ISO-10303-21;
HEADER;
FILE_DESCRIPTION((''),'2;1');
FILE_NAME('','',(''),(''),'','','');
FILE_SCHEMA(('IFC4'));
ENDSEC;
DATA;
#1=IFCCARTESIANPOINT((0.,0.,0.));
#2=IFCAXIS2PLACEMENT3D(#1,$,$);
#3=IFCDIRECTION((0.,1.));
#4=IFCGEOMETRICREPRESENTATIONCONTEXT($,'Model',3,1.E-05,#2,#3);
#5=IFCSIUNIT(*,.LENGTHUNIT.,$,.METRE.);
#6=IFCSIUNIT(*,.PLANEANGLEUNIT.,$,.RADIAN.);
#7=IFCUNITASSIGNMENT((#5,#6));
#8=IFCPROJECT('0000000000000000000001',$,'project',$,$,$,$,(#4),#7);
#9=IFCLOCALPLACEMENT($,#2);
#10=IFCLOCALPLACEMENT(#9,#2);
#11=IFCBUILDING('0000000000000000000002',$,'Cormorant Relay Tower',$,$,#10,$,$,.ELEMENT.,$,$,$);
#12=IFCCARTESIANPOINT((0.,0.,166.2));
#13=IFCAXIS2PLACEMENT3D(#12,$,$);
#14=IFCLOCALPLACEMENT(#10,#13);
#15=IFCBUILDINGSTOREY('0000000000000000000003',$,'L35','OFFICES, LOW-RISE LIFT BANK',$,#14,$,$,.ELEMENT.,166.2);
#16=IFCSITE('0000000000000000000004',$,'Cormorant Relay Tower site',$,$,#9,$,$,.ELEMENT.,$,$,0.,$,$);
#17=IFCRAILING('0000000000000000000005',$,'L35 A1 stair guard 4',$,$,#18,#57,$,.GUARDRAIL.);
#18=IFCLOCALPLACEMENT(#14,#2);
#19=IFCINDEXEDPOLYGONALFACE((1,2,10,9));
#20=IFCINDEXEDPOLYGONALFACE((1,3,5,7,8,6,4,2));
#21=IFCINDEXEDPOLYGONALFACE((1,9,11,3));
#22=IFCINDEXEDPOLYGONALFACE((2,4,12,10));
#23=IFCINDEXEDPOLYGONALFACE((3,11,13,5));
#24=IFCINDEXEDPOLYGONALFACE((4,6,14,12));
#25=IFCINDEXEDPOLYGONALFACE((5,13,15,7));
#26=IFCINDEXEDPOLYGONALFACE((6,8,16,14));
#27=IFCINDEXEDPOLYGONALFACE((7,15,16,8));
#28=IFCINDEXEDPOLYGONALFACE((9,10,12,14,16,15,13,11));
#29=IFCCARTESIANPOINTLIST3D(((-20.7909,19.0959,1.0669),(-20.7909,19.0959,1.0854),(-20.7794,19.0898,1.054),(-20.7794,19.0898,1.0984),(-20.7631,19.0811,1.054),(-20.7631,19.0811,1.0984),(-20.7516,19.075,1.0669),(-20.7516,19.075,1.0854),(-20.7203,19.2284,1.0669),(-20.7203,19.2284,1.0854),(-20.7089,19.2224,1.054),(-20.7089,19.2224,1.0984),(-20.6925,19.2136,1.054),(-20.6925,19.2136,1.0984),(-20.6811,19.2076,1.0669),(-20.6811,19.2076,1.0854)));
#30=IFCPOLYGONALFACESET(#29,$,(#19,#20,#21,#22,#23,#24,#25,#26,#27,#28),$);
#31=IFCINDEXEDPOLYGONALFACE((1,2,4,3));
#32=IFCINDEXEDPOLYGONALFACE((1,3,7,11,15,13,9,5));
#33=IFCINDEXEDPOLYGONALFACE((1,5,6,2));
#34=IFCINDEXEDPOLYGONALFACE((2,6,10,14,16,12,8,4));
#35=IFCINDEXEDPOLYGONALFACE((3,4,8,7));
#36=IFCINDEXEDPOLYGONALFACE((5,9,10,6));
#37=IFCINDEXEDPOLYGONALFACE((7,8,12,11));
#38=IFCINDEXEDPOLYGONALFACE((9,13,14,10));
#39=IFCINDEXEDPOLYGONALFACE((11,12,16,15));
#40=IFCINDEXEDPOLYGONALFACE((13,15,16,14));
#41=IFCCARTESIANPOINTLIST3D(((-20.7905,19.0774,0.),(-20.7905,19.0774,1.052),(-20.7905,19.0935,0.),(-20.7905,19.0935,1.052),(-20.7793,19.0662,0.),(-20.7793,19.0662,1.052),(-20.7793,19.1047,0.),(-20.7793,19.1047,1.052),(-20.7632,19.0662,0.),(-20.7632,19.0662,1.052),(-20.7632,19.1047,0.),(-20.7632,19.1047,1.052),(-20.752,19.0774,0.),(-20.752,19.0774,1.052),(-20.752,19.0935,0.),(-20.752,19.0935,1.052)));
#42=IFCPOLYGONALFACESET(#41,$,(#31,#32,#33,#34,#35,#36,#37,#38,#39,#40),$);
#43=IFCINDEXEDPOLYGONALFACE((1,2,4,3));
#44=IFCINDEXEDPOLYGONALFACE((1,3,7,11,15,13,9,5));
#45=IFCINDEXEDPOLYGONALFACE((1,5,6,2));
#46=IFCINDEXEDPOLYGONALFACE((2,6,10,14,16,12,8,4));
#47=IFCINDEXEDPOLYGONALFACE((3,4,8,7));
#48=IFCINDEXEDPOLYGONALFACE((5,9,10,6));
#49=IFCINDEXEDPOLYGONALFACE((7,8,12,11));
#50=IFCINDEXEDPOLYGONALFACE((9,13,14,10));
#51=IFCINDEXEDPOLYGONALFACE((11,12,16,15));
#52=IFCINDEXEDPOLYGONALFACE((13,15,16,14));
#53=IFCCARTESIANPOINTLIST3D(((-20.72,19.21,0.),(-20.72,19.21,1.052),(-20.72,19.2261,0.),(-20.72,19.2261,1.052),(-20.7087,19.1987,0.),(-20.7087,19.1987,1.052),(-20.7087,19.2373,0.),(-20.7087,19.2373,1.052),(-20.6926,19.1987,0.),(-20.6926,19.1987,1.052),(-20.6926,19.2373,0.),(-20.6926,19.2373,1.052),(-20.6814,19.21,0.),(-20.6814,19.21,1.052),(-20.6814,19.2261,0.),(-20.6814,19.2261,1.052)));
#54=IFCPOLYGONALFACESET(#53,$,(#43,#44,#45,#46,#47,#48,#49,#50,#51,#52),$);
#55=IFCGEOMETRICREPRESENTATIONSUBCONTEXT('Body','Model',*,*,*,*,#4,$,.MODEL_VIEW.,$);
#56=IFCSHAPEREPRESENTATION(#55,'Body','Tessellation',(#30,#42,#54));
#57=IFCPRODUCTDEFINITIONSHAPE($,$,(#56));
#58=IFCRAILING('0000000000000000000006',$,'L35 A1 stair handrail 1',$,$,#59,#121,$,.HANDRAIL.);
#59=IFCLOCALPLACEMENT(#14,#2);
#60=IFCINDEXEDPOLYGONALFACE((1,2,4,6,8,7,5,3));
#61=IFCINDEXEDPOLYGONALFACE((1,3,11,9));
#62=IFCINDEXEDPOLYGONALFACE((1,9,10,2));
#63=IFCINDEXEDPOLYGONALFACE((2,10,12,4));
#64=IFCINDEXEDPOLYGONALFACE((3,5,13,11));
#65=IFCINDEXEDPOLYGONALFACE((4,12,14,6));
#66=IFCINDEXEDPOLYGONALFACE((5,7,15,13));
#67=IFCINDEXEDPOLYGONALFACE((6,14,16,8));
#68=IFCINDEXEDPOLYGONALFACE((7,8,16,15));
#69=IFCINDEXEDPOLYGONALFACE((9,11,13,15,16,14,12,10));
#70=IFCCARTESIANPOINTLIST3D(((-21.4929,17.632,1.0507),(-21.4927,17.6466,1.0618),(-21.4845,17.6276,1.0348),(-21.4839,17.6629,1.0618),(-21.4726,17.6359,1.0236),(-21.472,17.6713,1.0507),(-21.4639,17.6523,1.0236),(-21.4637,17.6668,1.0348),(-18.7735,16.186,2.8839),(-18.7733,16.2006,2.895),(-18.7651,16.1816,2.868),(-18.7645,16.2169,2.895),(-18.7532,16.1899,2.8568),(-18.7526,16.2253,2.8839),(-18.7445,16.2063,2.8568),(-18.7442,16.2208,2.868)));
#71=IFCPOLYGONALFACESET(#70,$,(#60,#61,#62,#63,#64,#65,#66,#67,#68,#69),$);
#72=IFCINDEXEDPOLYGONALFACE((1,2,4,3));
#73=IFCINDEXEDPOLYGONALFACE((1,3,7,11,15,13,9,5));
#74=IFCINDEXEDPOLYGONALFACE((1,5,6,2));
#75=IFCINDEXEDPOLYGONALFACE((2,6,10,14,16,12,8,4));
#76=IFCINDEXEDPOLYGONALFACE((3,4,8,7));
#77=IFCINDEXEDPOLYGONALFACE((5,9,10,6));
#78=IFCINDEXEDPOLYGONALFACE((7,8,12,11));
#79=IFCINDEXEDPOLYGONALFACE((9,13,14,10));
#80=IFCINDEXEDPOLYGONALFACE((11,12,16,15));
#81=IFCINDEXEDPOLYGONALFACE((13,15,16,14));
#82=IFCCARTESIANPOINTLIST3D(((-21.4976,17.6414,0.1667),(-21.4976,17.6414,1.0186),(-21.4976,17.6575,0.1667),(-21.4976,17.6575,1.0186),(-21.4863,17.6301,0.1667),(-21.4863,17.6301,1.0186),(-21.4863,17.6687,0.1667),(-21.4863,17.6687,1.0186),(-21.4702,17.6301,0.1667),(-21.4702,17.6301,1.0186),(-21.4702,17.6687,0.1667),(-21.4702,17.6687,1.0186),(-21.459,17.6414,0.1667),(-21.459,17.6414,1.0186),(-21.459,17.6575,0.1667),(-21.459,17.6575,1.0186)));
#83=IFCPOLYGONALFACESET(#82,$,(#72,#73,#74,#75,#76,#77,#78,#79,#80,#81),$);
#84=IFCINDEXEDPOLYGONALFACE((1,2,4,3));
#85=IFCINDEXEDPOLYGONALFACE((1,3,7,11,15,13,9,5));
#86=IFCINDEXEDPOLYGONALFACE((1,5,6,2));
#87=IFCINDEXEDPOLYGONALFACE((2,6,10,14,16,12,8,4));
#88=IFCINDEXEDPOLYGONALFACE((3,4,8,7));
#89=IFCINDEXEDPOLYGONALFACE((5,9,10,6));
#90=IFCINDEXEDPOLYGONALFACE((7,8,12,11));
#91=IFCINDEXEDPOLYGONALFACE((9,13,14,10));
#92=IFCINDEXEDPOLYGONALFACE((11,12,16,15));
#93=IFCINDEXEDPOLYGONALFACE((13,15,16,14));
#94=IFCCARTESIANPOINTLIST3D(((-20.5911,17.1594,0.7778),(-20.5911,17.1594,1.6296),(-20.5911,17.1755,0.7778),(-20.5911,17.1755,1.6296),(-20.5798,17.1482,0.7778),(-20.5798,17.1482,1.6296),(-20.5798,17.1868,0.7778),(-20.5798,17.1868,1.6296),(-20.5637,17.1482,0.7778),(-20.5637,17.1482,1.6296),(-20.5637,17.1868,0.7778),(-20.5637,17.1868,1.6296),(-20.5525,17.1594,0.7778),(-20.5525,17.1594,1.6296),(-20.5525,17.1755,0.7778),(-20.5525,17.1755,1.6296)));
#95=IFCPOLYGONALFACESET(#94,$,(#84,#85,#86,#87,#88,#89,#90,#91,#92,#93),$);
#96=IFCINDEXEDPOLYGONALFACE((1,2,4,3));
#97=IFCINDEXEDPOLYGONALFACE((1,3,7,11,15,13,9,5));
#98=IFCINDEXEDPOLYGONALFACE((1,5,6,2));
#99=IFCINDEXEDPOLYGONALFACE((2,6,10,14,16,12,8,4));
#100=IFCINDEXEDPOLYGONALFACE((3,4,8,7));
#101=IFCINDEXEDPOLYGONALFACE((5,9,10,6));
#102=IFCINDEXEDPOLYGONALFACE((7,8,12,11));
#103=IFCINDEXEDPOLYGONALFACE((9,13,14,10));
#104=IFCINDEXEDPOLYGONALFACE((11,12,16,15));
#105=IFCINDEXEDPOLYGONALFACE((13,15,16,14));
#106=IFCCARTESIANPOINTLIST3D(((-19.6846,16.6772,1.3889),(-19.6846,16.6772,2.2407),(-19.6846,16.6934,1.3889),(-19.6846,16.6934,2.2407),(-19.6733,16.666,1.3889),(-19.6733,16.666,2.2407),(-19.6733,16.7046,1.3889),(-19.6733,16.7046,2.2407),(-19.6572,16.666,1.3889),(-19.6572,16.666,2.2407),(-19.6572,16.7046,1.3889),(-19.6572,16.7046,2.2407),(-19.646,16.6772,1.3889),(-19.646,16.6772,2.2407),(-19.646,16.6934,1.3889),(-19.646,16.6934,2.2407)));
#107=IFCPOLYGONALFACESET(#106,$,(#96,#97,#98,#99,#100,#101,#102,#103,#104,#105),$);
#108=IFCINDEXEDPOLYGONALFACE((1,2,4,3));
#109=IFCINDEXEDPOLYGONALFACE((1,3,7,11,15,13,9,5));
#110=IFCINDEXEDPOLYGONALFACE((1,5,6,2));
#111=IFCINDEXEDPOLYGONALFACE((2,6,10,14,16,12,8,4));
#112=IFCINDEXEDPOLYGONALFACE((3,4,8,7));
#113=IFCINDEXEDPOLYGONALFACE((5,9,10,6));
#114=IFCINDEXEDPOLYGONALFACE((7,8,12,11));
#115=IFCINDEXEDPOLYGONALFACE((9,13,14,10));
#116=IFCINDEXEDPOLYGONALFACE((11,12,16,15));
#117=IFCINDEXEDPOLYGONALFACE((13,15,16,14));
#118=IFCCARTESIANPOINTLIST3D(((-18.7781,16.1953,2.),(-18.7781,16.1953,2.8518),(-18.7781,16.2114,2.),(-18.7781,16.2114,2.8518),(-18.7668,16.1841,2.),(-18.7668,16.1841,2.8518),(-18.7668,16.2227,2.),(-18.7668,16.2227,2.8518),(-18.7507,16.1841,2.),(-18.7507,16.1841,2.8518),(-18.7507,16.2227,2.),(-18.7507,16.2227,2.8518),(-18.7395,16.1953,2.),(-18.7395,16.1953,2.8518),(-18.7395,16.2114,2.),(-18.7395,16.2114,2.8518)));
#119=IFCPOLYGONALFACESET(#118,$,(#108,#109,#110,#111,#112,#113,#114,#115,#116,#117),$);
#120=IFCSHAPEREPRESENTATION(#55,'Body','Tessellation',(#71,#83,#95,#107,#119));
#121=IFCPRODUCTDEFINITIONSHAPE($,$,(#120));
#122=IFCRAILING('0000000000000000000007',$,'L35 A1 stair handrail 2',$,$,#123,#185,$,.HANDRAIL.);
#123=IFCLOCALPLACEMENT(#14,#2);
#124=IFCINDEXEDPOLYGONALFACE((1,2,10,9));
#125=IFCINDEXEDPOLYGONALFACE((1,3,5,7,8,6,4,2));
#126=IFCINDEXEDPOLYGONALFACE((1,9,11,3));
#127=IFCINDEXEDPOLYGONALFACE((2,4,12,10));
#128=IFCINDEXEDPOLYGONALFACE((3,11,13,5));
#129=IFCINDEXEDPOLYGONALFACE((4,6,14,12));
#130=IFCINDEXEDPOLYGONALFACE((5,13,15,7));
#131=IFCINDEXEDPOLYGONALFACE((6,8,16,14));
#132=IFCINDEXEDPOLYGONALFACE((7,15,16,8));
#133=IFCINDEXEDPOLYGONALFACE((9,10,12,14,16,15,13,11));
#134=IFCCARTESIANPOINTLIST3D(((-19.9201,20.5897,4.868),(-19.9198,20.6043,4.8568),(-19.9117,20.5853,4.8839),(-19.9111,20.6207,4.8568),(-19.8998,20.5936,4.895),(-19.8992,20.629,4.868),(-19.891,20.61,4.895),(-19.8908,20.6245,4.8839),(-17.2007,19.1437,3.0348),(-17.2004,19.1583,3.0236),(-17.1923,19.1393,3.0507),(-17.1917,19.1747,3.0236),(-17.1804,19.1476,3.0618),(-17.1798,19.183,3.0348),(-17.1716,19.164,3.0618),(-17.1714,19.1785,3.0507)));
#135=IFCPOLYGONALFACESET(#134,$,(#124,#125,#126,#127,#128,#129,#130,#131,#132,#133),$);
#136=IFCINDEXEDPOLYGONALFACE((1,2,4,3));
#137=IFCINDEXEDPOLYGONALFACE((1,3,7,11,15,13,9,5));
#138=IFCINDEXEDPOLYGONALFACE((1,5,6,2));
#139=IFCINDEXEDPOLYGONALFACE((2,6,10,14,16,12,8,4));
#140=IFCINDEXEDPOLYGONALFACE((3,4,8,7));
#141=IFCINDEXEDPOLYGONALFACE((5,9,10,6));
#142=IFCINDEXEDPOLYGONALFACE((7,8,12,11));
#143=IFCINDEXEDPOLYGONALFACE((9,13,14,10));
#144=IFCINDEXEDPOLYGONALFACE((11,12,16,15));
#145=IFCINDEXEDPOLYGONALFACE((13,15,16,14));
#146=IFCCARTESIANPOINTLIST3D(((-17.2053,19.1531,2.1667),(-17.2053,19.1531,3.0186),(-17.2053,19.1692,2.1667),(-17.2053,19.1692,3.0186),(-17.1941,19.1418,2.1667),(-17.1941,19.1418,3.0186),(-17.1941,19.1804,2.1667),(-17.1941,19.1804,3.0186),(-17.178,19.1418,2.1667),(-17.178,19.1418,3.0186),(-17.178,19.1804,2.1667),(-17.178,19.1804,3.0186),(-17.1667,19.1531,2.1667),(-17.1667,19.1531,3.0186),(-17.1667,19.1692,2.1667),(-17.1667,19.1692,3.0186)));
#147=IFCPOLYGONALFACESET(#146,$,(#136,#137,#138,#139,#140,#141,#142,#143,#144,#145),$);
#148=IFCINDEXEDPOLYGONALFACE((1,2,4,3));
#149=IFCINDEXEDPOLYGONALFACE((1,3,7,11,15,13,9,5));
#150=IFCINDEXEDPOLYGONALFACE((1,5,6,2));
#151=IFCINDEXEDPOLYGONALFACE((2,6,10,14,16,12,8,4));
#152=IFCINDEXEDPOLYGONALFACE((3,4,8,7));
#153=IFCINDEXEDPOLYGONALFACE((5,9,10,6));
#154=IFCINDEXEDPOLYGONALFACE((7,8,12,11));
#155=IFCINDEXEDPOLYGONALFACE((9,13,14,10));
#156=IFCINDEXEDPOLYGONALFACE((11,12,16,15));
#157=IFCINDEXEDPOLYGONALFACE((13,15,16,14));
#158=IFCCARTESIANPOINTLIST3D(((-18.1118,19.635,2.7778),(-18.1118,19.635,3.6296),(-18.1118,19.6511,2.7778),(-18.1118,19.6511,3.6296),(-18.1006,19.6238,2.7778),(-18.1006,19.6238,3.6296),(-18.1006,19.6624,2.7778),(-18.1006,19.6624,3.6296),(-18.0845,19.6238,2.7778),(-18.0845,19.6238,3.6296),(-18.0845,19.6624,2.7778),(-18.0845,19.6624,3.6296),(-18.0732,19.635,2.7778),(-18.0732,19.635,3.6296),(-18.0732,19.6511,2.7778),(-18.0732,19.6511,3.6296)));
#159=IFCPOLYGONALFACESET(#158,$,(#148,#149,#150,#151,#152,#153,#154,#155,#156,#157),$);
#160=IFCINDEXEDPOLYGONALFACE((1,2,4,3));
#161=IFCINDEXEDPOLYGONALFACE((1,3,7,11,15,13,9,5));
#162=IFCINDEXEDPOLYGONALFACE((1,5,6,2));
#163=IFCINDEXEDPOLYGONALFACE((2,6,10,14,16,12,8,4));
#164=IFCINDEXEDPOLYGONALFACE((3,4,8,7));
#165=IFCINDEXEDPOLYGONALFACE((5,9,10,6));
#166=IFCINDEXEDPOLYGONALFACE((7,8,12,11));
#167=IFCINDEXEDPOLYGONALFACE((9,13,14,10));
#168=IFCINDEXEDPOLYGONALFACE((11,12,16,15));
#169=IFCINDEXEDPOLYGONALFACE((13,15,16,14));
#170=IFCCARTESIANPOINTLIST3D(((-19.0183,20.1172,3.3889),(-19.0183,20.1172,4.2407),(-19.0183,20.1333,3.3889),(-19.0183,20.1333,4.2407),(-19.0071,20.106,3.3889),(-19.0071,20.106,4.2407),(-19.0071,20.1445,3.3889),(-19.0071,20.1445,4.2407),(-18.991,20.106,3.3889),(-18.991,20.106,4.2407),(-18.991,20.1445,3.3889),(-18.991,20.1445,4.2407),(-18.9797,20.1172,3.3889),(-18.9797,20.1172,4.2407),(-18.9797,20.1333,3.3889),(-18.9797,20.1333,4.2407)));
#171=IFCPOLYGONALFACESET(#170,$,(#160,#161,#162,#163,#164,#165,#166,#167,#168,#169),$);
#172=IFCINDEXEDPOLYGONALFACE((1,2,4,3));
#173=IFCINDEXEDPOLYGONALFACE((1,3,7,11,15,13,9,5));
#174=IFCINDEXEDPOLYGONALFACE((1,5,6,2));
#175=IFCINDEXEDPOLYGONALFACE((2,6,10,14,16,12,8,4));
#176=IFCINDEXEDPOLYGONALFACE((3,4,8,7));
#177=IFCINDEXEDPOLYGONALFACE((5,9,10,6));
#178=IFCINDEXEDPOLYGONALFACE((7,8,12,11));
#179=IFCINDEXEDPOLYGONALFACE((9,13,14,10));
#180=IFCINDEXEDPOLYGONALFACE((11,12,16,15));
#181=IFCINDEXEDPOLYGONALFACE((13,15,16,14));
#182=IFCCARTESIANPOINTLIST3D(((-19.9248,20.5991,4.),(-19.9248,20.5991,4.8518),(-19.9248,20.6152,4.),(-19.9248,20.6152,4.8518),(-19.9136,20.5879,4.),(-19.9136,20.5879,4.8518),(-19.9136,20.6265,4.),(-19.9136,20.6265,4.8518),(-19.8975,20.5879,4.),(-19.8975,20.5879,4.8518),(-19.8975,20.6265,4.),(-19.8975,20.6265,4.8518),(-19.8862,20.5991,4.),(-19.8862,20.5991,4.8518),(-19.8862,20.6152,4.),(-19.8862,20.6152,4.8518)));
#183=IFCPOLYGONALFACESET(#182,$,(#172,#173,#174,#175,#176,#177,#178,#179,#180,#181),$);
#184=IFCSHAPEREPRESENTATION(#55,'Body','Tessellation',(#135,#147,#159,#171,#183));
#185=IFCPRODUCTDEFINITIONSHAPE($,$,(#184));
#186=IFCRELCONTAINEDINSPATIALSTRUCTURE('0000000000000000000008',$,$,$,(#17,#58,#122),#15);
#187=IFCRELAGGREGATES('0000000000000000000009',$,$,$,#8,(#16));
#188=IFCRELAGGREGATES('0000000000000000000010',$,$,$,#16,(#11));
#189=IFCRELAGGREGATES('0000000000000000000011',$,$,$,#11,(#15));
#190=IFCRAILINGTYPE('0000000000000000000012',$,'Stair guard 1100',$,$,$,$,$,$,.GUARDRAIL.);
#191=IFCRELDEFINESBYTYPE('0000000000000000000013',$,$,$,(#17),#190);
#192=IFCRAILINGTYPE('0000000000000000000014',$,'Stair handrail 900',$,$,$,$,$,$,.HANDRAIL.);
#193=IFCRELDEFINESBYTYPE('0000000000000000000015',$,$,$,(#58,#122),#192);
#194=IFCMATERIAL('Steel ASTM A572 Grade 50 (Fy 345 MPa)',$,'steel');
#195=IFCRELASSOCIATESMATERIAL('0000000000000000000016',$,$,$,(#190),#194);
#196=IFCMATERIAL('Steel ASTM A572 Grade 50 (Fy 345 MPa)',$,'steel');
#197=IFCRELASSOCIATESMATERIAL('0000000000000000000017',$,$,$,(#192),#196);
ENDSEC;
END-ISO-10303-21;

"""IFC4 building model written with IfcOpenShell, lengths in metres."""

from ifc_helpers import new_model, si_unit, direction, frame, origin, place, context, subcontext, project, spatial, polyline, outline, extrude, material, type_object, element, save


model = new_model("IFC4")

# Units and contexts
model_context = context("Model", 3, precision=1e-05, world=origin(), true_north=direction((0.0, 1.0)))
body_context = subcontext(model_context, "Body", "Model", "MODEL_VIEW")
ifc_project = project(units=[si_unit("LENGTHUNIT", "METRE"), si_unit("PLANEANGLEUNIT", "RADIAN")], contexts=[model_context])

# Site, building, storey
site_placement = place(None, origin())
site = spatial("IfcSite", under=ifc_project, at=site_placement, Name="Cormorant Relay Tower site", CompositionType="ELEMENT", RefElevation=0.0)
building_placement = place(site_placement, origin())
building = spatial("IfcBuilding", under=site, at=building_placement, Name="Cormorant Relay Tower", CompositionType="ELEMENT")
storey_placement = place(building_placement, frame((0.0, 0.0, 166.2)))
storey = spatial("IfcBuildingStorey", under=building, at=storey_placement, Name="L35", Description="OFFICES, LOW-RISE LIFT BANK", CompositionType="ELEMENT", Elevation=166.2)

# Railings
ifc_material_1 = material(Name="Steel ASTM A572 Grade 50 (Fy 345 MPa)", Category="steel")
railing_type_1 = type_object("IfcRailingType", Name="Stair guard 1100", PredefinedType="GUARDRAIL", material=ifc_material_1)
railing_1_placement = place(storey_placement, frame((-20.7712, 19.0854, 0.0)))
element("IfcRailing", 1, at=railing_1_placement, inside=storey, type_object=railing_type_1, Name="L35 A1 stair guard 4", PredefinedType="GUARDRAIL", context=body_context, shape_type="SweptSolid", body=[
    extrude(outline(polyline([(0.0222, 0.0093), (0.0093, 0.0222), (-0.0093, 0.0222), (-0.0222, 0.0093), (-0.0222, -0.0093), (-0.0093, -0.0222), (0.0093, -0.0222), (0.0222, -0.0093), (0.0222, 0.0093)])), frame((0.0, 0.0, 1.0762), z_axis=(0.469829, 0.882758, 0.0), x_axis=(-0.882758, 0.469829, 0.0)), (0.0, 0.0, 1.0), 0.1501),
    extrude(outline(polyline([(0.0193, 0.0081), (0.0081, 0.0193), (-0.0081, 0.0193), (-0.0193, 0.0081), (-0.0193, -0.0081), (-0.0081, -0.0193), (0.0081, -0.0193), (0.0193, -0.0081), (0.0193, 0.0081)])), origin(), (0.0, 0.0, 1.0), 1.052),
    extrude(outline(polyline([(0.0193, 0.0081), (0.0081, 0.0193), (-0.0081, 0.0193), (-0.0193, 0.0081), (-0.0193, -0.0081), (-0.0081, -0.0193), (0.0081, -0.0193), (0.0193, -0.0081), (0.0193, 0.0081)])), frame((0.0706, 0.1326, 0.0)), (0.0, 0.0, 1.0), 1.052),
])
ifc_material_2 = material(Name="Steel ASTM A572 Grade 50 (Fy 345 MPa)", Category="steel")
railing_type_2 = type_object("IfcRailingType", Name="Stair handrail 900", PredefinedType="HANDRAIL", material=ifc_material_2)
railing_2_placement = place(storey_placement, frame((-21.4783, 17.6494, 0.1667)))
element("IfcRailing", 2, at=railing_2_placement, inside=storey, type_object=railing_type_2, Name="L35 A1 stair handrail 1", PredefinedType="HANDRAIL", context=body_context, shape_type="SweptSolid", body=[
    extrude(outline(polyline([(0.0222, 0.0093), (0.0093, 0.0222), (-0.0093, 0.0222), (-0.0222, 0.0093), (-0.0222, -0.0093), (-0.0093, -0.0222), (0.0093, -0.0222), (0.0222, -0.0093), (0.0222, 0.0093)])), frame((0.0, 0.0, 0.876), z_axis=(0.758714, -0.403435, 0.511463), x_axis=(0.469489, 0.882938, 0.0)), (0.0, 0.0, 1.0), 3.5842),
    extrude(outline(polyline([(0.0193, 0.0081), (0.0081, 0.0193), (-0.0081, 0.0193), (-0.0193, 0.0081), (-0.0193, -0.0081), (-0.0081, -0.0193), (0.0081, -0.0193), (0.0193, -0.0081), (0.0193, 0.0081)])), origin(), (0.0, 0.0, 1.0), 0.8518),
    extrude(outline(polyline([(0.0193, 0.0081), (0.0081, 0.0193), (-0.0081, 0.0193), (-0.0193, 0.0081), (-0.0193, -0.0081), (-0.0081, -0.0193), (0.0081, -0.0193), (0.0193, -0.0081), (0.0193, 0.0081)])), frame((0.9065, -0.4819, 0.6111)), (0.0, 0.0, 1.0), 0.8518),
    extrude(outline(polyline([(0.0193, 0.0081), (0.0081, 0.0193), (-0.0081, 0.0193), (-0.0193, 0.0081), (-0.0193, -0.0081), (-0.0081, -0.0193), (0.0081, -0.0193), (0.0193, -0.0081), (0.0193, 0.0081)])), frame((1.813, -0.9641, 1.2222)), (0.0, 0.0, 1.0), 0.8518),
    extrude(outline(polyline([(0.0193, 0.0081), (0.0081, 0.0193), (-0.0081, 0.0193), (-0.0193, 0.0081), (-0.0193, -0.0081), (-0.0081, -0.0193), (0.0081, -0.0193), (0.0193, -0.0081), (0.0193, 0.0081)])), frame((2.7195, -1.446, 1.8333)), (0.0, 0.0, 1.0), 0.8518),
])
railing_3_placement = place(storey_placement, frame((-17.186, 19.1611, 2.1667)))
element("IfcRailing", 3, at=railing_3_placement, inside=storey, type_object=railing_type_2, Name="L35 A1 stair handrail 2", PredefinedType="HANDRAIL", context=body_context, shape_type="SweptSolid", body=[
    extrude(outline(polyline([(0.0222, 0.0093), (0.0093, 0.0222), (-0.0093, 0.0222), (-0.0222, 0.0093), (-0.0222, -0.0093), (-0.0093, -0.0222), (0.0093, -0.0222), (0.0222, -0.0093), (0.0222, 0.0093)])), frame((0.0, 0.0, 0.876), z_axis=(-0.758714, 0.403435, 0.511463), x_axis=(-0.469489, -0.882938, 0.0)), (0.0, 0.0, 1.0), 3.5842),
    extrude(outline(polyline([(0.0193, 0.0081), (0.0081, 0.0193), (-0.0081, 0.0193), (-0.0193, 0.0081), (-0.0193, -0.0081), (-0.0081, -0.0193), (0.0081, -0.0193), (0.0193, -0.0081), (0.0193, 0.0081)])), origin(), (0.0, 0.0, 1.0), 0.8518),
    extrude(outline(polyline([(0.0193, 0.0081), (0.0081, 0.0193), (-0.0081, 0.0193), (-0.0193, 0.0081), (-0.0193, -0.0081), (-0.0081, -0.0193), (0.0081, -0.0193), (0.0193, -0.0081), (0.0193, 0.0081)])), frame((-0.9065, 0.4819, 0.6111)), (0.0, 0.0, 1.0), 0.8518),
    extrude(outline(polyline([(0.0193, 0.0081), (0.0081, 0.0193), (-0.0081, 0.0193), (-0.0193, 0.0081), (-0.0193, -0.0081), (-0.0081, -0.0193), (0.0081, -0.0193), (0.0193, -0.0081), (0.0193, 0.0081)])), frame((-1.813, 0.9641, 1.2222)), (0.0, 0.0, 1.0), 0.8518),
    extrude(outline(polyline([(0.0193, 0.0081), (0.0081, 0.0193), (-0.0081, 0.0193), (-0.0193, 0.0081), (-0.0193, -0.0081), (-0.0081, -0.0193), (0.0081, -0.0193), (0.0193, -0.0081), (0.0193, 0.0081)])), frame((-2.7195, 1.446, 1.8333)), (0.0, 0.0, 1.0), 0.8518),
])

save(model, "model.ifc")
